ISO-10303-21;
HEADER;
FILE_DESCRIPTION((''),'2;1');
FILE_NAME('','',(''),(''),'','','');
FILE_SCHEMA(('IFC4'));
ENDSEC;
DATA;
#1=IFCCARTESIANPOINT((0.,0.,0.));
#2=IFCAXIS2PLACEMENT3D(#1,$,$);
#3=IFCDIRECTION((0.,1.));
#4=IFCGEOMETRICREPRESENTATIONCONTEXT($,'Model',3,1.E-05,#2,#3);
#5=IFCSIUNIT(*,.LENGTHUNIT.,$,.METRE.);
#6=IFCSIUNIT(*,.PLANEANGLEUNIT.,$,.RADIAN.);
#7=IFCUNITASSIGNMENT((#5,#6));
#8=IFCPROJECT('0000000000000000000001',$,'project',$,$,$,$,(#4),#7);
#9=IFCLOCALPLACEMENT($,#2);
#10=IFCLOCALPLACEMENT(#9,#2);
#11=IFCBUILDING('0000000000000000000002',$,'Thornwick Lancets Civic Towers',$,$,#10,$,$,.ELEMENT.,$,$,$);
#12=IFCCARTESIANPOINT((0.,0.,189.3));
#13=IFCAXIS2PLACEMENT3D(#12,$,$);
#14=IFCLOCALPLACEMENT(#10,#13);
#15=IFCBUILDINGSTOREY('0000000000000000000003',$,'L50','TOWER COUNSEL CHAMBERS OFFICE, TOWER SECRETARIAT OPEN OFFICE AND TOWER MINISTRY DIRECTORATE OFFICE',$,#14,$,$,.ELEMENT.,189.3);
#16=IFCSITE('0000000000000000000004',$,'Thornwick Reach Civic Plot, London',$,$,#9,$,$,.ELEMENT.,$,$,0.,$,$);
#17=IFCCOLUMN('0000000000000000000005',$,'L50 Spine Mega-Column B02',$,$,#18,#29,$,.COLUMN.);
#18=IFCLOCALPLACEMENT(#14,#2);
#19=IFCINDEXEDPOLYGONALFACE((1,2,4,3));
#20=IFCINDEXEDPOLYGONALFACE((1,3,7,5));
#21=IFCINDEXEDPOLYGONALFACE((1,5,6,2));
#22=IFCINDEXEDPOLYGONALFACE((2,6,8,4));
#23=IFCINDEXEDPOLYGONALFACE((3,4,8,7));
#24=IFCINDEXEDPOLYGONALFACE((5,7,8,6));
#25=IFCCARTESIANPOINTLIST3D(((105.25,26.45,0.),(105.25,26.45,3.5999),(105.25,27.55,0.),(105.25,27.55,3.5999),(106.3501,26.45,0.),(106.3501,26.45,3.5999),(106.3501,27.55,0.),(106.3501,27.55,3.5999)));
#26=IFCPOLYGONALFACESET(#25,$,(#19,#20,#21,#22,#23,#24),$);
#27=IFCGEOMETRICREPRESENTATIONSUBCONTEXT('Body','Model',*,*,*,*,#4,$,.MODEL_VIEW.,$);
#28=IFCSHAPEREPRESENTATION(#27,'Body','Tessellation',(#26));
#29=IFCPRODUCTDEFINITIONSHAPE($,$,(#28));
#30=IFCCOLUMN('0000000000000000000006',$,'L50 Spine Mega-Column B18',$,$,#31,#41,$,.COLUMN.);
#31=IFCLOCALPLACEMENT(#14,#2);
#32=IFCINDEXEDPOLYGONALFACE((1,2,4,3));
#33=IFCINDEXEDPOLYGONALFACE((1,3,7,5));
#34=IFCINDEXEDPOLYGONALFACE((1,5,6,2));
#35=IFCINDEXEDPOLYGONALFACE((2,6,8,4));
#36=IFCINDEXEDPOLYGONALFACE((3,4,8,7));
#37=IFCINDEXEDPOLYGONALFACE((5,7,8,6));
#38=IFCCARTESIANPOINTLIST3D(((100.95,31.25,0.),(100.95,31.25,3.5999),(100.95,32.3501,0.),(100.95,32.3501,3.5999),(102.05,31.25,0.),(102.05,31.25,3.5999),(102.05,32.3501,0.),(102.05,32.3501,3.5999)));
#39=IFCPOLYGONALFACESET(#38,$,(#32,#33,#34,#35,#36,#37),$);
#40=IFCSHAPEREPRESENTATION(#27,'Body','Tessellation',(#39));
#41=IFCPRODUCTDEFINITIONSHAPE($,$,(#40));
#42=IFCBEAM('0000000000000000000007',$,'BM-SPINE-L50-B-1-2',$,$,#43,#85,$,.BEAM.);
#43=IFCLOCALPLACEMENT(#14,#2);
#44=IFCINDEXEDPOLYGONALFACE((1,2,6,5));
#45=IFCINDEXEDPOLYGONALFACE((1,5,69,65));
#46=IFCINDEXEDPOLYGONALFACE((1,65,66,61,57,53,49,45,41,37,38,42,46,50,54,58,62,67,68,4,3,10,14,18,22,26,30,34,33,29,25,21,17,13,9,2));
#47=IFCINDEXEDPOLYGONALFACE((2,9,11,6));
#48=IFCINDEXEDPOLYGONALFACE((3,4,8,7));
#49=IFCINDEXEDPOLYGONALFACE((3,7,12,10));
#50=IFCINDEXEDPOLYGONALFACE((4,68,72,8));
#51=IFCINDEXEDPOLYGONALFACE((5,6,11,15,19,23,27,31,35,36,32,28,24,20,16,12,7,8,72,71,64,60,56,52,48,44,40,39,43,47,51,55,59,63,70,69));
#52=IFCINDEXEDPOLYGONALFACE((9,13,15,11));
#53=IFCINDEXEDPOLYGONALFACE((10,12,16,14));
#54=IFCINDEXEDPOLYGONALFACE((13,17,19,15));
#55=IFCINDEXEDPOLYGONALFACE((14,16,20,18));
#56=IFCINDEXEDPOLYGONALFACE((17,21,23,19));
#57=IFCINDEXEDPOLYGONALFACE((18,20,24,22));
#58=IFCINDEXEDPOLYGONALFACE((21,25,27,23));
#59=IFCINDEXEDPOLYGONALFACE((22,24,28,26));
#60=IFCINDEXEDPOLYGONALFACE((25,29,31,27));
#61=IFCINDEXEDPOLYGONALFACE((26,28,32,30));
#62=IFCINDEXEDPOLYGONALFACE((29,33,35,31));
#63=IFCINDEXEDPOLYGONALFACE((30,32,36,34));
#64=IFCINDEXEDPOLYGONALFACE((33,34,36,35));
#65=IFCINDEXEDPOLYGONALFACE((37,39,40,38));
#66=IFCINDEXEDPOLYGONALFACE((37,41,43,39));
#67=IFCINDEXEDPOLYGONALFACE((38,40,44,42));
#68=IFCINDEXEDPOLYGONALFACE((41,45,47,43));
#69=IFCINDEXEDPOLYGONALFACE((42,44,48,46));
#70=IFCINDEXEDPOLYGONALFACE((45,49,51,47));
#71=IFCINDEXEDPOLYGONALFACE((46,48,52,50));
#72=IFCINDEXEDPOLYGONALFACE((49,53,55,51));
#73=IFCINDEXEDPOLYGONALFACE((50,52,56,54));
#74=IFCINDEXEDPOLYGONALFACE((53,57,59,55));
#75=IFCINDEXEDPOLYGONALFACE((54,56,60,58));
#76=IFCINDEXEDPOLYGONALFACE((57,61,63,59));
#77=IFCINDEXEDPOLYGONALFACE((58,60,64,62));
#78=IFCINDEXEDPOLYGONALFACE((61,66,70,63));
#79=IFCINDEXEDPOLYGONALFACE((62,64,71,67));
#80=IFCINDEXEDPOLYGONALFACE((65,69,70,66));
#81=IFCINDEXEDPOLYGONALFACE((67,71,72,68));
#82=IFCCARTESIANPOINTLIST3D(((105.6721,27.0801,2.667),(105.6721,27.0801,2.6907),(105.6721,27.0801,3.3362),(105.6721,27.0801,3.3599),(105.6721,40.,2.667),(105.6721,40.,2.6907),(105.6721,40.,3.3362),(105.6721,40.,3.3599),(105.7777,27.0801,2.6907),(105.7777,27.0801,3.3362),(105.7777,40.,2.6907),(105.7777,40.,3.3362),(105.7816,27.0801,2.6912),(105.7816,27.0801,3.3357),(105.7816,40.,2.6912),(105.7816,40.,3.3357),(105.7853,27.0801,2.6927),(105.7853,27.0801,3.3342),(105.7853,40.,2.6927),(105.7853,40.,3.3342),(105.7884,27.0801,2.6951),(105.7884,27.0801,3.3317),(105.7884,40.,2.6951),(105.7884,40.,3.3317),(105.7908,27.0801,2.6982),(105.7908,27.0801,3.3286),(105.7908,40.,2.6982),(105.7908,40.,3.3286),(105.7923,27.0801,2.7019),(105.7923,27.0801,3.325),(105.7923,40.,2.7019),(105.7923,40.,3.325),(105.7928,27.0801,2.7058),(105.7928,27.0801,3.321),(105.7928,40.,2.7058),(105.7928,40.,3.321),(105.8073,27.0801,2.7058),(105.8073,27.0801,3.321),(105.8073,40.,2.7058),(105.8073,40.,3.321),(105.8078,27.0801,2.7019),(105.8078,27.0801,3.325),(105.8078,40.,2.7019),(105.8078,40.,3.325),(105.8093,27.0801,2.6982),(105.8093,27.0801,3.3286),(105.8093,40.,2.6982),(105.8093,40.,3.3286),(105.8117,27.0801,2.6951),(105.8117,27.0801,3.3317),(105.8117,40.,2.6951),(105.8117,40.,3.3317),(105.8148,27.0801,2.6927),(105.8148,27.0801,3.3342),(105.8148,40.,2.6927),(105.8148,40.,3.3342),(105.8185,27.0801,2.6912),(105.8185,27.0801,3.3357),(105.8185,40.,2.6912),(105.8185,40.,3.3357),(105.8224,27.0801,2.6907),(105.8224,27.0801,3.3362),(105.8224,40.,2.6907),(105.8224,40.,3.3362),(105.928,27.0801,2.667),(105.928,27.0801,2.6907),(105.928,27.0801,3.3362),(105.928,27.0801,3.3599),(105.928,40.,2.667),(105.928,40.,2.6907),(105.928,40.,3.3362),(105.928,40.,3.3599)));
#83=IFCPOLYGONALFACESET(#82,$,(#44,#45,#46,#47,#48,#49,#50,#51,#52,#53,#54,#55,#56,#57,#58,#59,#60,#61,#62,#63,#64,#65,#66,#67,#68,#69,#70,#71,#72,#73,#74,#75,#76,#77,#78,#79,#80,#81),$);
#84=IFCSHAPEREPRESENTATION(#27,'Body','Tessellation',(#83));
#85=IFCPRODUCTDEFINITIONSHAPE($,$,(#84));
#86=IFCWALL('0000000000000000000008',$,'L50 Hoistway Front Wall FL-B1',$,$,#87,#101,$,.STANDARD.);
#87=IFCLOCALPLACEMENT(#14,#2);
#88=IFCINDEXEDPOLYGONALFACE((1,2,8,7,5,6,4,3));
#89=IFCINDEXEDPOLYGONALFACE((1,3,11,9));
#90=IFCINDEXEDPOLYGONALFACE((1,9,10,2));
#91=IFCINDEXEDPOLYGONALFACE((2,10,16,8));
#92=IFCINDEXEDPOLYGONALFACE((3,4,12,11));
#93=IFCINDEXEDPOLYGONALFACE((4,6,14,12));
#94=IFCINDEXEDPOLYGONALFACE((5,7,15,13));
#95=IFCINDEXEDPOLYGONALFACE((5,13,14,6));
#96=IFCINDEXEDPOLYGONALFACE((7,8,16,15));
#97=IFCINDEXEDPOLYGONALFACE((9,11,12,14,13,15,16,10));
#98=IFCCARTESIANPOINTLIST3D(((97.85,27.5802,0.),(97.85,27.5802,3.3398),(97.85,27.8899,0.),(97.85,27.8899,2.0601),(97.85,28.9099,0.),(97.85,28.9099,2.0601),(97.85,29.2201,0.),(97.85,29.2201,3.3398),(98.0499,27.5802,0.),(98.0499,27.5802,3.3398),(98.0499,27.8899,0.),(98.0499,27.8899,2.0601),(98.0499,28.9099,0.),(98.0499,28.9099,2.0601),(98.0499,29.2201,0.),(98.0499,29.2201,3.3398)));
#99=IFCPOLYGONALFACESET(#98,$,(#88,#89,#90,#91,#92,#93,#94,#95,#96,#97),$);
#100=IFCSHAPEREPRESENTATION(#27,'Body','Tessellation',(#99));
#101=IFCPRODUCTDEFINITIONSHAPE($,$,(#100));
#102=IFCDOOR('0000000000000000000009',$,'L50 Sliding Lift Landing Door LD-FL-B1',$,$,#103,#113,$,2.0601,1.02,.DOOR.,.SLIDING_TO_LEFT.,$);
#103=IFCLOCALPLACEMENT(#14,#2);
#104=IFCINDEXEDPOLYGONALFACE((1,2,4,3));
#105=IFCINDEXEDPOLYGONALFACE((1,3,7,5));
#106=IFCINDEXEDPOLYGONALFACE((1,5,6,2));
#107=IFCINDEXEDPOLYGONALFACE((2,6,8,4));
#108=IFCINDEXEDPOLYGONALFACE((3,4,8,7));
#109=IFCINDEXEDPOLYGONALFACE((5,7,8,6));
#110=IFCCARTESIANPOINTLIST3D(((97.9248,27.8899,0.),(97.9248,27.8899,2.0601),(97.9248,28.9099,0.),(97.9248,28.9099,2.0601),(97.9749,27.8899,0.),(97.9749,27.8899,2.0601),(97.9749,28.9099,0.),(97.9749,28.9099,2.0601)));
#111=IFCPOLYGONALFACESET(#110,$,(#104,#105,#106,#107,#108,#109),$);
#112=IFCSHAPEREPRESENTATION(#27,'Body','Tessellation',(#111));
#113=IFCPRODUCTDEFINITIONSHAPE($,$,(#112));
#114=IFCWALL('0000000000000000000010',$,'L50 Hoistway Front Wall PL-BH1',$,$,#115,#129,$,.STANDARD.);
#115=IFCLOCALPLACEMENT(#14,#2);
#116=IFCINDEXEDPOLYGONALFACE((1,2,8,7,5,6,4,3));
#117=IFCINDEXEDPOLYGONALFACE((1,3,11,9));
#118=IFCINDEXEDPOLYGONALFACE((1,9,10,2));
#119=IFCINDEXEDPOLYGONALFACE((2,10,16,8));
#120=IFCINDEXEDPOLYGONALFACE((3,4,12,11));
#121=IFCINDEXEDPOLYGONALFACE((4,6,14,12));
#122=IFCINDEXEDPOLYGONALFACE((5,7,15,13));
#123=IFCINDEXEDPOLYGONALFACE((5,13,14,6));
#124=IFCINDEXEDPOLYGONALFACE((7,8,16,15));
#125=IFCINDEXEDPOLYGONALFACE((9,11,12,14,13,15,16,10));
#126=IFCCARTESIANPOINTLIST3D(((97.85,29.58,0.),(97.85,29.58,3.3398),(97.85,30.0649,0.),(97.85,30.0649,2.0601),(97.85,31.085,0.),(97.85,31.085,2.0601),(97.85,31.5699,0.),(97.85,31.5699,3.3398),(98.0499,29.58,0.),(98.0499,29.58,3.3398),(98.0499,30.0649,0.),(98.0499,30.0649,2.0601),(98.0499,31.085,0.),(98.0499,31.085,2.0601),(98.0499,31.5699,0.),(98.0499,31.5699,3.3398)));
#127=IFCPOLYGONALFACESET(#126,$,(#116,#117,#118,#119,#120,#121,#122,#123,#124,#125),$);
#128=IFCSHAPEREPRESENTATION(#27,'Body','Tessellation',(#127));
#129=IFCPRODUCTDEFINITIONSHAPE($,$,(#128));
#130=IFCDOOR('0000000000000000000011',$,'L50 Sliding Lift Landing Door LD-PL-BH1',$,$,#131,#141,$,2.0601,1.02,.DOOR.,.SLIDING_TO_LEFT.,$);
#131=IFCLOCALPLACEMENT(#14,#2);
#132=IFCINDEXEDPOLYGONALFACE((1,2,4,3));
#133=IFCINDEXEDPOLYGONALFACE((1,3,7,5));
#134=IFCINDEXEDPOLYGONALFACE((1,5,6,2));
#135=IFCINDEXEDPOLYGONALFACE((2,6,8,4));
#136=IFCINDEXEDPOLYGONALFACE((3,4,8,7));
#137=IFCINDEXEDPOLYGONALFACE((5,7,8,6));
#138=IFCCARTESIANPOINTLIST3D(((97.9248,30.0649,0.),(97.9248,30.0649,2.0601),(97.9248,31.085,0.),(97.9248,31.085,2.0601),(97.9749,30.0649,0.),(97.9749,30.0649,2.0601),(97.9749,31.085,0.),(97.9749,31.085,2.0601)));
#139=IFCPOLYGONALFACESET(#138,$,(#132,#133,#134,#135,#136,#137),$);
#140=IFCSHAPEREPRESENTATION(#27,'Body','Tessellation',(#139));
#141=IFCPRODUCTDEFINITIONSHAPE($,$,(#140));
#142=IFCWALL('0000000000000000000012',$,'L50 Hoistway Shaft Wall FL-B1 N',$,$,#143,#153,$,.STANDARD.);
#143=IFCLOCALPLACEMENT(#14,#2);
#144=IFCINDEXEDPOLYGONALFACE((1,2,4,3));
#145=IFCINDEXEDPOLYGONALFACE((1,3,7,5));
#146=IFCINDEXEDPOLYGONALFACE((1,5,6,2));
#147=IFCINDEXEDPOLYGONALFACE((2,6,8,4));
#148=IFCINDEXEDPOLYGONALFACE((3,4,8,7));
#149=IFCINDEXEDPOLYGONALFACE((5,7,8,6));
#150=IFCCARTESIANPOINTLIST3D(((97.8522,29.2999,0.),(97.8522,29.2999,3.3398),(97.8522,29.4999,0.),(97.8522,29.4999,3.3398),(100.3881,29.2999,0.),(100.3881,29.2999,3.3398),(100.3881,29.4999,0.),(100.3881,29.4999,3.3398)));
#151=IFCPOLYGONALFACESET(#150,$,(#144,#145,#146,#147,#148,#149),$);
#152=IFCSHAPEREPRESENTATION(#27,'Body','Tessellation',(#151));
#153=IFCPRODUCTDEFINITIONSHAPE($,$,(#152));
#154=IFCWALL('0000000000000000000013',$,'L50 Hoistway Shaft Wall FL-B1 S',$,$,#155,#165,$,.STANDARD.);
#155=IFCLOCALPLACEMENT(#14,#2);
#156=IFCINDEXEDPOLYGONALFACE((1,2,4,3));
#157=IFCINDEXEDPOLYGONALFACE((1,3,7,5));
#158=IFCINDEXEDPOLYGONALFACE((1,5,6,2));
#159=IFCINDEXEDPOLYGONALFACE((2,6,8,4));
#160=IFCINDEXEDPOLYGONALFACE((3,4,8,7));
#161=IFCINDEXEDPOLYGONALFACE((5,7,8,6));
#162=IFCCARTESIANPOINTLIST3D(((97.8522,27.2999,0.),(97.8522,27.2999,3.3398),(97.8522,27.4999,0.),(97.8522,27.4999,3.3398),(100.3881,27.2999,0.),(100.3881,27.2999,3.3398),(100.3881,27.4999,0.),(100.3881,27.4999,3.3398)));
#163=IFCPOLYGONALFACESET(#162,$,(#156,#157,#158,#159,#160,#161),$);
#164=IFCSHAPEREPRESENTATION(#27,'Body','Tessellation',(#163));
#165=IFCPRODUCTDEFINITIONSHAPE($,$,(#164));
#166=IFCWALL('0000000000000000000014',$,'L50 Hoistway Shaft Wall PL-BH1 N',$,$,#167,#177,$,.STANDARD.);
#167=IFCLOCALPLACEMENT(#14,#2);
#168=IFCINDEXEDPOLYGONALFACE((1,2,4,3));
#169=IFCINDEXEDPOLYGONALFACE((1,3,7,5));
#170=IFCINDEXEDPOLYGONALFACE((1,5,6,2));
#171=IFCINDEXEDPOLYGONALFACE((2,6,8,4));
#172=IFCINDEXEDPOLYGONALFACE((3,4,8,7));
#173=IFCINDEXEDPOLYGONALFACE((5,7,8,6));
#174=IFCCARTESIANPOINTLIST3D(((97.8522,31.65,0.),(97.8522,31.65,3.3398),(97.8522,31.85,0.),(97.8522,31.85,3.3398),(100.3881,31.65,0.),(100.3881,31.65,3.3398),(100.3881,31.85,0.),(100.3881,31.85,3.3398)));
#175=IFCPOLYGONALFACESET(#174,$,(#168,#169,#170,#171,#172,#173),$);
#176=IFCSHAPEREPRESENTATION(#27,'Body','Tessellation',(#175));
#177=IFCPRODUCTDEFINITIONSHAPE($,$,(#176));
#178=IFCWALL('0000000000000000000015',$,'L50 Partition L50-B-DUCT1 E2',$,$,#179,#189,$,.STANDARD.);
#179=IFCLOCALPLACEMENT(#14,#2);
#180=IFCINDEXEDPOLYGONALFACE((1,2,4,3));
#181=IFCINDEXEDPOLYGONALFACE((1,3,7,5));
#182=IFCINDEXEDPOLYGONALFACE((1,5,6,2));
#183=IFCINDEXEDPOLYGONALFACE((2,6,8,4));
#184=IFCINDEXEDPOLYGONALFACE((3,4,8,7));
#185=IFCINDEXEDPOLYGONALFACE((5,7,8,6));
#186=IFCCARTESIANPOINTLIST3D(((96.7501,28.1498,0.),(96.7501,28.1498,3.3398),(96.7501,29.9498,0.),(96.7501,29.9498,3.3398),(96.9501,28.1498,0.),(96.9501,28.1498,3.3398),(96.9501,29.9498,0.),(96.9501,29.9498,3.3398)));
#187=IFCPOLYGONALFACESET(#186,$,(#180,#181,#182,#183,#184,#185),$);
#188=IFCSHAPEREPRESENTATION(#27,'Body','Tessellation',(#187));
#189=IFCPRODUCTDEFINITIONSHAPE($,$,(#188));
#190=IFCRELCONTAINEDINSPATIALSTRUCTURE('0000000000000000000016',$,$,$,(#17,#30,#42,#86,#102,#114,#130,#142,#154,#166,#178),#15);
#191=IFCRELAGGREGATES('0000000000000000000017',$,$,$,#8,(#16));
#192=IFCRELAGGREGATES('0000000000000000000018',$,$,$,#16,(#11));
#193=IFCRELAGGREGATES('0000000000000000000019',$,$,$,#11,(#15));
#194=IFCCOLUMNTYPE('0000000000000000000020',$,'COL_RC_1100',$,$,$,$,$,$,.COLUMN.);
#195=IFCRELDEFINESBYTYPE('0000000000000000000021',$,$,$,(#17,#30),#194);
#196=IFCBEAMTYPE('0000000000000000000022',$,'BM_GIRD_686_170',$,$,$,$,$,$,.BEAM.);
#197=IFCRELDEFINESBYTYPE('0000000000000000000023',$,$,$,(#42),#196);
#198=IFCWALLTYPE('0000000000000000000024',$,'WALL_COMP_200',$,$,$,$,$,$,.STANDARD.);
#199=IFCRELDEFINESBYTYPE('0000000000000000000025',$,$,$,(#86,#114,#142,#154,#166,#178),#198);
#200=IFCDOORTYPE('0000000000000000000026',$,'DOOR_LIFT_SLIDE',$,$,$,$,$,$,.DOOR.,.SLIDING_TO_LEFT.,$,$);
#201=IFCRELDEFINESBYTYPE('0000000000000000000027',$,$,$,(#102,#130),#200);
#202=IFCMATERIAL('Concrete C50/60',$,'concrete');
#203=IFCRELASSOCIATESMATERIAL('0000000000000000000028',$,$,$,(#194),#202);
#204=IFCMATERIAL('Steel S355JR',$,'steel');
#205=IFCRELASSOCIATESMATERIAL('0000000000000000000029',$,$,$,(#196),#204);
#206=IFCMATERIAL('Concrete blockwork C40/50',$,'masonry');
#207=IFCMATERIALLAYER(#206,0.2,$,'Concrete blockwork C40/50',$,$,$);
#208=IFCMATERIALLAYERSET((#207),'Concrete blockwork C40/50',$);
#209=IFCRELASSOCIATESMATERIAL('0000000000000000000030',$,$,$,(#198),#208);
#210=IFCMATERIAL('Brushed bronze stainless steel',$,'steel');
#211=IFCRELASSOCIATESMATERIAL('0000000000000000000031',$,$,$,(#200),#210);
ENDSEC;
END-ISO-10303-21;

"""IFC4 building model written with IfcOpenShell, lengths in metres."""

from ifc_helpers import new_model, si_unit, direction, frame, frame_2d, origin, origin_2d, place, context, subcontext, project, spatial, rectangle, i_section, extrude, material, layer, layer_set, material_profile, profile_set, type_object, element, fill, save


model = new_model("IFC4")

# Units and contexts
model_context = context("Model", 3, precision=1e-05, world=origin(), true_north=direction((0.0, 1.0)))
body_context = subcontext(model_context, "Body", "Model", "MODEL_VIEW")
ifc_project = project(units=[si_unit("LENGTHUNIT", "METRE"), si_unit("PLANEANGLEUNIT", "RADIAN")], contexts=[model_context])

# Site, building, storey
site_placement = place(None, origin())
site = spatial("IfcSite", under=ifc_project, at=site_placement, Name="Thornwick Reach Civic Plot, London", CompositionType="ELEMENT", RefElevation=0.0)
building_placement = place(site_placement, origin())
building = spatial("IfcBuilding", under=site, at=building_placement, Name="Thornwick Lancets Civic Towers", CompositionType="ELEMENT")
storey_placement = place(building_placement, frame((0.0, 0.0, 189.3)))
storey = spatial("IfcBuildingStorey", under=building, at=storey_placement, Name="L50", Description="TOWER COUNSEL CHAMBERS OFFICE, TOWER SECRETARIAT OPEN OFFICE AND TOWER MINISTRY DIRECTORATE OFFICE", CompositionType="ELEMENT", Elevation=189.3)

# Columns
ifc_material_1 = material(Name="Concrete C50/60", Category="concrete")
ifc_material_profile_1 = material_profile(ifc_material_1, rectangle(XDim=1.1001, YDim=1.1001, at=origin_2d()), Name="RC 1100x1100")
ifc_profile_set_1 = profile_set([ifc_material_profile_1], Name="Concrete C50/60")
column_type = type_object("IfcColumnType", Name="COL_RC_1100", PredefinedType="COLUMN", material=ifc_profile_set_1)
for number, where, z_axis, x_axis, name in (
    (1, (105.8, 27.0, 0.0), (0.0, 0.0, 1.0), (1.0, 0.0, 0.0), "L50 Spine Mega-Column B02"),
    (2, (101.5, 31.8, 0.0), (0.0, 0.0, 1.0), (1.0, 0.0, 0.0), "L50 Spine Mega-Column B18"),
):
    element("IfcColumn", number, at=place(storey_placement, frame(where, z_axis=z_axis, x_axis=x_axis)), inside=storey, type_object=column_type, Name=name, PredefinedType="COLUMN", context=body_context, shape_type="SweptSolid", body=[
        extrude(rectangle(XDim=1.1001, YDim=1.1001, at=origin_2d()), origin(), (0.0, 0.0, 1.0), 3.5999),
    ])

# Beam
ifc_material_2 = material(Name="Steel S355JR", Category="steel")
ifc_material_profile_2 = material_profile(ifc_material_2, i_section(OverallWidth=0.2559, OverallDepth=0.6929, WebThickness=0.0144, FlangeThickness=0.0237, FilletRadius=0.0151, at=origin_2d()), Name="UKB 686x254x170")
ifc_profile_set_2 = profile_set([ifc_material_profile_2], Name="Steel S355JR")
beam_type = type_object("IfcBeamType", Name="BM_GIRD_686_170", PredefinedType="BEAM", material=ifc_profile_set_2)
beam_placement = place(storey_placement, frame((105.8, 27.0801, 3.0134), z_axis=(0.0, 1.0, 0.0), x_axis=(-1.0, 0.0, 0.0)))
element("IfcBeam", 3, at=beam_placement, inside=storey, type_object=beam_type, Name="BM-SPINE-L50-B-1-2", PredefinedType="BEAM", context=body_context, shape_type="SweptSolid", body=[
    extrude(i_section(OverallWidth=0.2559, OverallDepth=0.6929, WebThickness=0.0144, FlangeThickness=0.0237, FilletRadius=0.0151, at=origin_2d()), origin(), (0.0, 0.0, 1.0), 12.9199),
])

# Walls, openings, doors
ifc_material_3 = material(Name="Concrete blockwork C40/50", Category="masonry")
ifc_layer_1 = layer(ifc_material_3, 0.2, Name="Concrete blockwork C40/50")
ifc_layer_set_1 = layer_set([ifc_layer_1], Name="Concrete blockwork C40/50")
wall_type_1 = type_object("IfcWallType", Name="WALL_COMP_200", PredefinedType="STANDARD", material=ifc_layer_set_1)
wall_1_placement = place(storey_placement, frame((97.95, 29.22, 0.0), z_axis=(0.0, 0.0, 1.0), x_axis=(0.0, -1.0, 0.0)))
wall_1 = element("IfcWall", 4, at=wall_1_placement, inside=storey, type_object=wall_type_1, Name="L50 Hoistway Front Wall FL-B1", PredefinedType="STANDARD", context=body_context, shape_type="SweptSolid", body=[
    extrude(rectangle(XDim=1.6399, YDim=0.2, at=frame_2d((0.8198, 0.0))), origin(), (0.0, 0.0, 1.0), 3.3398),
])
opening_1_placement = place(wall_1_placement, frame((0.3101, 0.0, 0.0)))
opening_1 = element("IfcOpeningElement", 5, at=opening_1_placement, cuts=wall_1, PredefinedType="OPENING", context=body_context, shape_type="SweptSolid", body=[
    extrude(rectangle(XDim=1.02, YDim=2.0601, at=frame_2d((0.51, 1.03))), frame((0.0, 0.1099, 0.0), z_axis=(0.0, -1.0, 0.0), x_axis=(1.0, 0.0, 0.0)), (0.0, 0.0, 1.0), 0.22),
])
ifc_material_4 = material(Name="Brushed bronze stainless steel", Category="steel")
door_type = type_object("IfcDoorType", Name="DOOR_LIFT_SLIDE", OperationType="SLIDING_TO_LEFT", PredefinedType="DOOR", material=ifc_material_4)
door_1_placement = place(opening_1_placement, origin())
door_1 = element("IfcDoor", 6, at=door_1_placement, inside=storey, type_object=door_type, Name="L50 Sliding Lift Landing Door LD-FL-B1", OperationType="SLIDING_TO_LEFT", OverallHeight=2.0601, OverallWidth=1.02, PredefinedType="DOOR", context=body_context, shape_type="SweptSolid", body=[
    extrude(rectangle(XDim=1.02, YDim=2.0601, at=frame_2d((0.51, 1.03))), frame((0.0, 0.0249, 0.0), z_axis=(0.0, -1.0, 0.0), x_axis=(1.0, 0.0, 0.0)), (0.0, 0.0, 1.0), 0.05),
])
fill(opening_1, door_1)
wall_2_placement = place(storey_placement, frame((97.95, 31.5701, 0.0), z_axis=(0.0, 0.0, 1.0), x_axis=(0.0, -1.0, 0.0)))
wall_2 = element("IfcWall", 7, at=wall_2_placement, inside=storey, type_object=wall_type_1, Name="L50 Hoistway Front Wall PL-BH1", PredefinedType="STANDARD", context=body_context, shape_type="SweptSolid", body=[
    extrude(rectangle(XDim=1.99, YDim=0.2, at=frame_2d((0.9951, 0.0))), origin(), (0.0, 0.0, 1.0), 3.3398),
])
opening_2_placement = place(wall_2_placement, frame((0.4851, 0.0, 0.0)))
opening_2 = element("IfcOpeningElement", 8, at=opening_2_placement, cuts=wall_2, PredefinedType="OPENING", context=body_context, shape_type="SweptSolid", body=[
    extrude(rectangle(XDim=1.02, YDim=2.0601, at=frame_2d((0.51, 1.03))), frame((0.0, 0.1099, 0.0), z_axis=(0.0, -1.0, 0.0), x_axis=(1.0, 0.0, 0.0)), (0.0, 0.0, 1.0), 0.22),
])
door_2_placement = place(opening_2_placement, origin())
door_2 = element("IfcDoor", 9, at=door_2_placement, inside=storey, type_object=door_type, Name="L50 Sliding Lift Landing Door LD-PL-BH1", OperationType="SLIDING_TO_LEFT", OverallHeight=2.0601, OverallWidth=1.02, PredefinedType="DOOR", context=body_context, shape_type="SweptSolid", body=[
    extrude(rectangle(XDim=1.02, YDim=2.0601, at=frame_2d((0.51, 1.03))), frame((0.0, 0.0249, 0.0), z_axis=(0.0, -1.0, 0.0), x_axis=(1.0, 0.0, 0.0)), (0.0, 0.0, 1.0), 0.05),
])
fill(opening_2, door_2)

# Walls
for number, where, z_axis, x_axis, name in (
    (10, (97.8521, 29.3999, 0.0), (0.0, 0.0, 1.0), (1.0, 0.0, 0.0), "L50 Hoistway Shaft Wall FL-B1 N"),
    (11, (97.8521, 27.3999, 0.0), (0.0, 0.0, 1.0), (1.0, 0.0, 0.0), "L50 Hoistway Shaft Wall FL-B1 S"),
    (12, (97.8521, 31.75, 0.0), (0.0, 0.0, 1.0), (1.0, 0.0, 0.0), "L50 Hoistway Shaft Wall PL-BH1 N"),
):
    element("IfcWall", number, at=place(storey_placement, frame(where, z_axis=z_axis, x_axis=x_axis)), inside=storey, type_object=wall_type_1, Name=name, PredefinedType="STANDARD", context=body_context, shape_type="SweptSolid", body=[
        extrude(rectangle(XDim=2.5359, YDim=0.2, at=frame_2d((1.2681, 0.0))), origin(), (0.0, 0.0, 1.0), 3.3398),
    ])
wall_3_placement = place(storey_placement, frame((96.8501, 28.1499, 0.0), z_axis=(0.0, 0.0, 1.0), x_axis=(0.0, 1.0, 0.0)))
element("IfcWall", 13, at=wall_3_placement, inside=storey, type_object=wall_type_1, Name="L50 Partition L50-B-DUCT1 E2", PredefinedType="STANDARD", context=body_context, shape_type="SweptSolid", body=[
    extrude(rectangle(XDim=1.8, YDim=0.2, at=frame_2d((0.8999, 0.0))), origin(), (0.0, 0.0, 1.0), 3.3398),
])

save(model, "model.ifc")
